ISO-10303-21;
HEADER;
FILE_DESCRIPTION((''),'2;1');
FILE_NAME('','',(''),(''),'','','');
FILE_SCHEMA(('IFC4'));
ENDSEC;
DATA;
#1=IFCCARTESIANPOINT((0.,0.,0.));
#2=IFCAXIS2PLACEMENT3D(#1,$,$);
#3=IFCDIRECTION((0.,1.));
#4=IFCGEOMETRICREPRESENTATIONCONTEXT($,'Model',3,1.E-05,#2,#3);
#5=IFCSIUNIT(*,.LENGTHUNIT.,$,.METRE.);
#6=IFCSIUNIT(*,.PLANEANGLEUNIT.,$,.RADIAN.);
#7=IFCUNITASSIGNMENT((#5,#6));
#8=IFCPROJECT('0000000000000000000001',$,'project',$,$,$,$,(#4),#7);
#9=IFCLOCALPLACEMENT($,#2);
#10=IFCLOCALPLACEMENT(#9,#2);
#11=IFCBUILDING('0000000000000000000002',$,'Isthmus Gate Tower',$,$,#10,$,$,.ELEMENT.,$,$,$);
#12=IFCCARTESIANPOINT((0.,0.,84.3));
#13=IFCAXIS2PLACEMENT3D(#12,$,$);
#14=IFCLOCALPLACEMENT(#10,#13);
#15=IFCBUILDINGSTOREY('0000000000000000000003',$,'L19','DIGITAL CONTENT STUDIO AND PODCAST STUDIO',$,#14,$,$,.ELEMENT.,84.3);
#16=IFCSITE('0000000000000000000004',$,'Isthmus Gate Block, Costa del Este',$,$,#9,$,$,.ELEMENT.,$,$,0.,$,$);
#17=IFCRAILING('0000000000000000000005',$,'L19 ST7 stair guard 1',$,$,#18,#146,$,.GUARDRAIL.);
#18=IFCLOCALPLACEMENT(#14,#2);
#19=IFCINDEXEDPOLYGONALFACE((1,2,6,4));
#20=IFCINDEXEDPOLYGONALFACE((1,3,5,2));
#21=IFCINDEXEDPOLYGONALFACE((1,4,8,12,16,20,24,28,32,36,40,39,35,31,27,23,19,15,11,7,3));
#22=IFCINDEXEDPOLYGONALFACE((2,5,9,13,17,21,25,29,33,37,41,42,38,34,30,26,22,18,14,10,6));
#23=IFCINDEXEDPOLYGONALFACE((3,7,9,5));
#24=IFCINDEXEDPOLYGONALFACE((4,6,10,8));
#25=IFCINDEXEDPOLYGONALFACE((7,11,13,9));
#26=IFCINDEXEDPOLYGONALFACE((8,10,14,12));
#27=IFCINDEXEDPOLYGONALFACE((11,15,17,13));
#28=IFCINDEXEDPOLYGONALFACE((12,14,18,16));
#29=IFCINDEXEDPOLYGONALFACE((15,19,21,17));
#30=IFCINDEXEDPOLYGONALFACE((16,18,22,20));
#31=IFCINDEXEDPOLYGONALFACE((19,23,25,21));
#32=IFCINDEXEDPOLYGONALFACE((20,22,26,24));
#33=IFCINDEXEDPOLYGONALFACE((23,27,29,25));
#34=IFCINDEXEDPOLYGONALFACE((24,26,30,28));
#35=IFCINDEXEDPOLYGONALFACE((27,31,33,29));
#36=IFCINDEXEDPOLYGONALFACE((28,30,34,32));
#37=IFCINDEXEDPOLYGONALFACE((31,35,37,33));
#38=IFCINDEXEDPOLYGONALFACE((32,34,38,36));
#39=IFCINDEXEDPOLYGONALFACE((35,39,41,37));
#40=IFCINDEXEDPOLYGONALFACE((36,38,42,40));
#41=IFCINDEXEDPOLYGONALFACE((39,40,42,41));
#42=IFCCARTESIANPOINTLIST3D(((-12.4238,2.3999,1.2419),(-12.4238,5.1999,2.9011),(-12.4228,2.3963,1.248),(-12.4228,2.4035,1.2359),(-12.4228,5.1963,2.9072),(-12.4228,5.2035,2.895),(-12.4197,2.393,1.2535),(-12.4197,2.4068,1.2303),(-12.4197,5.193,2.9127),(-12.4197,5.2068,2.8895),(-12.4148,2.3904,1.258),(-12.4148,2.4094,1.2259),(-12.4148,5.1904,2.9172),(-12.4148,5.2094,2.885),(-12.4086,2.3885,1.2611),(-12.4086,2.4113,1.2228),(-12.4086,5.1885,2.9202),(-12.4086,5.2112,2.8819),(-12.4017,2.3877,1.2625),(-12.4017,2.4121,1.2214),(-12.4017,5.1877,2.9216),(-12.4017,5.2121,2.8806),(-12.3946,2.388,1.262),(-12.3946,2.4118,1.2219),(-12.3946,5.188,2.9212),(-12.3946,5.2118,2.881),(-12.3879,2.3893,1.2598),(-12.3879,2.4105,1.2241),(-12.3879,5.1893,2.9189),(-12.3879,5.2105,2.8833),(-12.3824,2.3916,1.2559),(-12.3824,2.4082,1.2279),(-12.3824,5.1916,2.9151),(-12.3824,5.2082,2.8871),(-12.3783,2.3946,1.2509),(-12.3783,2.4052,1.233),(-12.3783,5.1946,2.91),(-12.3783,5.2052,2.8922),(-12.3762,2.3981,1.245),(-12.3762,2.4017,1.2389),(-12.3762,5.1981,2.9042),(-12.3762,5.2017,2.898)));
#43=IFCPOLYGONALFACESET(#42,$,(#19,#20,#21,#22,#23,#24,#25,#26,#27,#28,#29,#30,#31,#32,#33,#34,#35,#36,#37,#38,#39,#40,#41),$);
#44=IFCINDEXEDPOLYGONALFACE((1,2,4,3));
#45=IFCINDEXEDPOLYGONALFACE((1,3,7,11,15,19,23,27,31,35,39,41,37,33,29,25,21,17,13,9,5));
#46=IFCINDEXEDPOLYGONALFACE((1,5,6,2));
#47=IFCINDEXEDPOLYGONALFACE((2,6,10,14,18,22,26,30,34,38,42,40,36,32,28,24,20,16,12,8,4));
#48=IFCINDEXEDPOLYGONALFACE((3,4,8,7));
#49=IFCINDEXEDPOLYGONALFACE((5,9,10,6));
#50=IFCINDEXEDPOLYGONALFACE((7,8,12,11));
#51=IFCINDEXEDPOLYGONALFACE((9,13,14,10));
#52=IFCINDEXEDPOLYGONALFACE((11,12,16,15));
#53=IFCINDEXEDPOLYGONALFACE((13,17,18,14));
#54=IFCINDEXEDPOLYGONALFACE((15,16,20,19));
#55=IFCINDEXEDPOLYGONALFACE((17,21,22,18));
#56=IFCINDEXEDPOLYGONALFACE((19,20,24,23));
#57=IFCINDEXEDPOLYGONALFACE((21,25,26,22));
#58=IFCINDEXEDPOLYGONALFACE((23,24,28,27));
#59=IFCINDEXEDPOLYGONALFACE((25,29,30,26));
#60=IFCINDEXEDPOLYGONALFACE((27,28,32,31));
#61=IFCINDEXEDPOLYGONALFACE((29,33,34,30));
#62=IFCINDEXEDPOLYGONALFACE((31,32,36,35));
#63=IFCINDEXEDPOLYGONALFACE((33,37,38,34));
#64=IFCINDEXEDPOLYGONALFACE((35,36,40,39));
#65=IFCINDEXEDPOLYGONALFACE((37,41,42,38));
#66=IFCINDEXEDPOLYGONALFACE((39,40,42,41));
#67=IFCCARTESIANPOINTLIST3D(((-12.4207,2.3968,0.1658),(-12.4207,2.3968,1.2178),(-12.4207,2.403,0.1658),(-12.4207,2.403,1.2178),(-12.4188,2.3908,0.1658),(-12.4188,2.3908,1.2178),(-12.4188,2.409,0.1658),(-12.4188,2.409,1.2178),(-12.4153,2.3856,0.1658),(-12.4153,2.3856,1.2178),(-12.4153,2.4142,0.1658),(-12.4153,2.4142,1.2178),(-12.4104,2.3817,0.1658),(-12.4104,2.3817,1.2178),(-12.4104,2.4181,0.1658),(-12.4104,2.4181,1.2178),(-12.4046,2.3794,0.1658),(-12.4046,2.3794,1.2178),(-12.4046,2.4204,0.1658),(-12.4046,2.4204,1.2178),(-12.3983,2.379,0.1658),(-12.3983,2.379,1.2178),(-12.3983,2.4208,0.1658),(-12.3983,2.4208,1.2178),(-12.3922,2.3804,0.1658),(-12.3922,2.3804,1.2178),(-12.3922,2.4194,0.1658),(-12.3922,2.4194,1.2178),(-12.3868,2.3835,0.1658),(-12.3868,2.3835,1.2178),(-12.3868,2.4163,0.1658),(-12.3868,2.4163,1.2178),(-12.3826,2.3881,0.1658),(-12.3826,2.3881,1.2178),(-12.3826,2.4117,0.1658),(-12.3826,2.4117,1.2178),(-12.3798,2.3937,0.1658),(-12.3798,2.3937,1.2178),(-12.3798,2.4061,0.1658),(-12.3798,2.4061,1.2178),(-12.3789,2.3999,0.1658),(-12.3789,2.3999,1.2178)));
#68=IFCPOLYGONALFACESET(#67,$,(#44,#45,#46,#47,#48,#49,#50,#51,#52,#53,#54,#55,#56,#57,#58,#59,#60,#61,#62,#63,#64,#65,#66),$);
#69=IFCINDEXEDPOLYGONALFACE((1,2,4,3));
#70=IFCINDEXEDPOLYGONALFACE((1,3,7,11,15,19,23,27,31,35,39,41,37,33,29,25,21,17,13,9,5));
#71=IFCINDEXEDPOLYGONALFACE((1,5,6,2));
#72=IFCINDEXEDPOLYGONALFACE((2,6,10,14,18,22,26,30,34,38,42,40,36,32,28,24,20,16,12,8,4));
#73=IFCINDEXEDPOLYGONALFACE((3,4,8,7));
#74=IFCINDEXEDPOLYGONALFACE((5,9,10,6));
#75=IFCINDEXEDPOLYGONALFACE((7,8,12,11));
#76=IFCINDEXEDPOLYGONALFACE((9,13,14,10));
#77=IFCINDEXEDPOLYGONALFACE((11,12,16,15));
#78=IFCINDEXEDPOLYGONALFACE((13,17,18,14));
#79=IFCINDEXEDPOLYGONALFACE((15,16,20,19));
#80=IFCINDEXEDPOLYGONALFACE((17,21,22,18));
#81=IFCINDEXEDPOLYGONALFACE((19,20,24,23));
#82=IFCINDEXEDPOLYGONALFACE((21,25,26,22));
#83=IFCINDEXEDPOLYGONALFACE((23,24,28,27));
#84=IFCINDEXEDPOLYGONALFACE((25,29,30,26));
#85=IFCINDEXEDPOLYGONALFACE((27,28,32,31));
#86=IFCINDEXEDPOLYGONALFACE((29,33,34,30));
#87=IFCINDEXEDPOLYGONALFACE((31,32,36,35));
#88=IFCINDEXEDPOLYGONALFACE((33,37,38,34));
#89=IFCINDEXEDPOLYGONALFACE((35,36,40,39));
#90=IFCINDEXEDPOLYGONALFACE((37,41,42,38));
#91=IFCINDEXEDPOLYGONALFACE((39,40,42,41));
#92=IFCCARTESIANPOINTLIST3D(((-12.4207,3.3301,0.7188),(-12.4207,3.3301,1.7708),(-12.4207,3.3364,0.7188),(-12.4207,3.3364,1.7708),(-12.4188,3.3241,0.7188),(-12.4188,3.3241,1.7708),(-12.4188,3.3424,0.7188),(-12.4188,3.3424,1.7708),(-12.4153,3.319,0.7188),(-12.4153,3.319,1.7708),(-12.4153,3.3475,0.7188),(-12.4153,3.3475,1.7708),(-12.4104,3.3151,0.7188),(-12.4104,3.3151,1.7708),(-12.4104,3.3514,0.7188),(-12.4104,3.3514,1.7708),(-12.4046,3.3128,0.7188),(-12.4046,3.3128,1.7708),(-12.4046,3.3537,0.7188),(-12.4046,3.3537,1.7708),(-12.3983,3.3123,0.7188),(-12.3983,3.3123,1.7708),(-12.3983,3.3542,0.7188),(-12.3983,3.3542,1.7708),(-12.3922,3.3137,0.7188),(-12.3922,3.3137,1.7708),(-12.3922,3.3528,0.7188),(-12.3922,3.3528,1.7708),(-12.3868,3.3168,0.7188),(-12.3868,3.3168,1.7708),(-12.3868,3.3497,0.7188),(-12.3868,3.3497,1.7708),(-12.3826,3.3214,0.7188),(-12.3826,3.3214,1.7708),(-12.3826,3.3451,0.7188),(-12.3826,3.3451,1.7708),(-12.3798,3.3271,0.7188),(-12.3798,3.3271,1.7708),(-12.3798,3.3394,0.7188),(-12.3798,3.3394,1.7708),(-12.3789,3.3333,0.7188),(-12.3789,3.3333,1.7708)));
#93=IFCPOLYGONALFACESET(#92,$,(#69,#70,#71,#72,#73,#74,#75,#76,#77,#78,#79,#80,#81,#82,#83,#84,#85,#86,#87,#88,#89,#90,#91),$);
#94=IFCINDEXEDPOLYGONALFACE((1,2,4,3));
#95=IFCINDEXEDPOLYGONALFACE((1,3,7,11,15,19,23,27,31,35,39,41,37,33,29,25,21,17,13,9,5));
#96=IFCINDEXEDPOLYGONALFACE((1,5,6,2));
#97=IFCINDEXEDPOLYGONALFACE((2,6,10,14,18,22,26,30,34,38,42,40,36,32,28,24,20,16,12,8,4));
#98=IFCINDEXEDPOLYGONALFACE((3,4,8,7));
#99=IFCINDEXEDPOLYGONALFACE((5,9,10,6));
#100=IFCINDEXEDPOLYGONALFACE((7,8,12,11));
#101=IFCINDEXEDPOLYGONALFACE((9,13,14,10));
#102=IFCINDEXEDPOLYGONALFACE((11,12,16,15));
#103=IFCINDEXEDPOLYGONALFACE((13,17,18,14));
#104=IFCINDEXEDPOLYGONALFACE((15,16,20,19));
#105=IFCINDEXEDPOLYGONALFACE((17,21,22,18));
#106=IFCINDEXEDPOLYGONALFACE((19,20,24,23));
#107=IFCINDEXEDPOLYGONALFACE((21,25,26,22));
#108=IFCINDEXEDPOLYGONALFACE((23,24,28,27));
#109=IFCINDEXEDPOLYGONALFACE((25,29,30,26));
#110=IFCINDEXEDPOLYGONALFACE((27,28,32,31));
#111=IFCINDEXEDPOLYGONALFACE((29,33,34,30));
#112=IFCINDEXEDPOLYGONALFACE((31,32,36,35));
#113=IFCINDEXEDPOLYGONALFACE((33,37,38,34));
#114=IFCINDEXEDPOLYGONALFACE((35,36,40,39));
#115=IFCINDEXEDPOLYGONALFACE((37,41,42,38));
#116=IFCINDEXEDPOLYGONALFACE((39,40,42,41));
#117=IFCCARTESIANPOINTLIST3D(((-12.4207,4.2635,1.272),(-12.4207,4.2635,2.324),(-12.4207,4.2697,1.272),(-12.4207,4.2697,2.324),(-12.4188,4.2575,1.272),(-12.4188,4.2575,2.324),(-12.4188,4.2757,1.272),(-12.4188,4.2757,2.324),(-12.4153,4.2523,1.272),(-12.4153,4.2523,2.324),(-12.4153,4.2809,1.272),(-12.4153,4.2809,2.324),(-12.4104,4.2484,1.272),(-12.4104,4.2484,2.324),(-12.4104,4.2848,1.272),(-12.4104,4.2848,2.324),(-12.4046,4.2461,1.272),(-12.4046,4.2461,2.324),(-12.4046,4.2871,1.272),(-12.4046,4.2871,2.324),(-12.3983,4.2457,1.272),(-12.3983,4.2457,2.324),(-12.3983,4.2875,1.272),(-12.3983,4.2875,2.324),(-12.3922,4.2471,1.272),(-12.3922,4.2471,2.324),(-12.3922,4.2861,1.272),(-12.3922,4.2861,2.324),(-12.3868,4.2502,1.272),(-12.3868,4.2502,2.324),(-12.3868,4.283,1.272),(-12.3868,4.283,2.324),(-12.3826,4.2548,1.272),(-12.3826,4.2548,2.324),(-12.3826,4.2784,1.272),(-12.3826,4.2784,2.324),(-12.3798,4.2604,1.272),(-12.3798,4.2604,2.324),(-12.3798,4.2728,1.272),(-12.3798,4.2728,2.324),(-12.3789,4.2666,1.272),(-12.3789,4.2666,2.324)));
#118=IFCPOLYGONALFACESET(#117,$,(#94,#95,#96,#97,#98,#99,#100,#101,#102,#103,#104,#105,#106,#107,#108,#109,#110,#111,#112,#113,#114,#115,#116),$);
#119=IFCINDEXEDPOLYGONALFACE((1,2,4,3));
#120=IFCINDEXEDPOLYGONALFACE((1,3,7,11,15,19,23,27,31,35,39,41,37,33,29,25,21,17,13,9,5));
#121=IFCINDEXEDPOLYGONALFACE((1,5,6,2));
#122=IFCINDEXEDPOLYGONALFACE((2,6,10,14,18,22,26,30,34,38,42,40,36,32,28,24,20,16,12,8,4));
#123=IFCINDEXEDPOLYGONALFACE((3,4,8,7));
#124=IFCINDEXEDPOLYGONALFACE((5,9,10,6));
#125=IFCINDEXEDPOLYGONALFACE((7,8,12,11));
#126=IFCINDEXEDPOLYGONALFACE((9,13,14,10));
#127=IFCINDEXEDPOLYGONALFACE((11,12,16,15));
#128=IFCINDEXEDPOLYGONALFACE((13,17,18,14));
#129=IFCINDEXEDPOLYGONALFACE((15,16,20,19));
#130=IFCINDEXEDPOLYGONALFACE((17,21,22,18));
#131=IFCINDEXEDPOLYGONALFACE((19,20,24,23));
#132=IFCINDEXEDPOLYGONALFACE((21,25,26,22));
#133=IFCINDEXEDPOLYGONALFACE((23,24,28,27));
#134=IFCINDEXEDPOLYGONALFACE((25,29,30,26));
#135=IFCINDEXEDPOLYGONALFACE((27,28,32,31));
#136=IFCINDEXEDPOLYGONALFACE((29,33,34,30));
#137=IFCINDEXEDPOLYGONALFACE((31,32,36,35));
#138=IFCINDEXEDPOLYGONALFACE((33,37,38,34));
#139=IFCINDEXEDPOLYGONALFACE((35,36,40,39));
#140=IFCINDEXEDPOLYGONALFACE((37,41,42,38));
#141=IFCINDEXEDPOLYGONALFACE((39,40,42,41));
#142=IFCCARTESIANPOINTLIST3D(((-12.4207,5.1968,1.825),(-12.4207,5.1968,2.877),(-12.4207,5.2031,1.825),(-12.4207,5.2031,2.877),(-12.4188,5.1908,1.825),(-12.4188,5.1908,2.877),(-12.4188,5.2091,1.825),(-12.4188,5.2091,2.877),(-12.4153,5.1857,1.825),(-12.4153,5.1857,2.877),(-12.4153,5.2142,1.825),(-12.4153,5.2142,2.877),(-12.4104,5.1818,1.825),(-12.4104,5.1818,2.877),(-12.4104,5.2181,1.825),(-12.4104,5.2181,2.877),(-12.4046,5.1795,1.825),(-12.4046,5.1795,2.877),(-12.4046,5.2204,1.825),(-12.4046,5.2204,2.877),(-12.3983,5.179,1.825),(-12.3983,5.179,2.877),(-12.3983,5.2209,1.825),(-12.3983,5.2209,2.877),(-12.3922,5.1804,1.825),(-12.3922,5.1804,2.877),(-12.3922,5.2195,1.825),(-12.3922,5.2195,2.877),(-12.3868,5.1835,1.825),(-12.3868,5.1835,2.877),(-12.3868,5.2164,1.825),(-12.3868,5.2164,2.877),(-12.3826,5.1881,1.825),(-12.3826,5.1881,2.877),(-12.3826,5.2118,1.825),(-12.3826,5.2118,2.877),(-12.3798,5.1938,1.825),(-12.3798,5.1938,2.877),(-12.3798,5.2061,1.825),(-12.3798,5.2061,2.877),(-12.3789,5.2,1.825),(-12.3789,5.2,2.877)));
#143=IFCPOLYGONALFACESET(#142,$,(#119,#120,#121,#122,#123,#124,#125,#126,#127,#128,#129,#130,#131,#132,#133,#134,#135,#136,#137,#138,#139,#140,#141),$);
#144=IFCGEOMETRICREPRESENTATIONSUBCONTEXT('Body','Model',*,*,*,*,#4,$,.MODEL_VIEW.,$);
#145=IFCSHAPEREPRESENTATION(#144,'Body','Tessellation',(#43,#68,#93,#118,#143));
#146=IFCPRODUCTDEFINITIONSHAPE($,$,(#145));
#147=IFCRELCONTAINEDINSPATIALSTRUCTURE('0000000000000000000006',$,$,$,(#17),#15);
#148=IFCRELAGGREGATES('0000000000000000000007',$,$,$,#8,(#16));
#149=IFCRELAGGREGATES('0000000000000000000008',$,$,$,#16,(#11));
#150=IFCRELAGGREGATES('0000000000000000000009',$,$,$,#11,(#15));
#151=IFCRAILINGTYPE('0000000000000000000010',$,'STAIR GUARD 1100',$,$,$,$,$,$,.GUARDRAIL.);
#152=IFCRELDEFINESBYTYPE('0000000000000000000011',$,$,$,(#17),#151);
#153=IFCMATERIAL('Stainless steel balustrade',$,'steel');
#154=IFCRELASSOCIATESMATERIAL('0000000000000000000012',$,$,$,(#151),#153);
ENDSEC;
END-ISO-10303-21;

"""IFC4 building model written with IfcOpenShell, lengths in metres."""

from ifc_helpers import new_model, si_unit, direction, frame, origin, origin_2d, place, context, subcontext, project, spatial, circle, extrude, material, type_object, element, save


model = new_model("IFC4")

# Units and contexts
model_context = context("Model", 3, precision=1e-05, world=origin(), true_north=direction((0.0, 1.0)))
body_context = subcontext(model_context, "Body", "Model", "MODEL_VIEW")
ifc_project = project(units=[si_unit("LENGTHUNIT", "METRE"), si_unit("PLANEANGLEUNIT", "RADIAN")], contexts=[model_context])

# Site, building, storey
site_placement = place(None, origin())
site = spatial("IfcSite", under=ifc_project, at=site_placement, Name="Isthmus Gate Block, Costa del Este", CompositionType="ELEMENT", RefElevation=0.0)
building_placement = place(site_placement, origin())
building = spatial("IfcBuilding", under=site, at=building_placement, Name="Isthmus Gate Tower", CompositionType="ELEMENT")
storey_placement = place(building_placement, frame((0.0, 0.0, 84.3)))
storey = spatial("IfcBuildingStorey", under=building, at=storey_placement, Name="L19", Description="DIGITAL CONTENT STUDIO AND PODCAST STUDIO", CompositionType="ELEMENT", Elevation=84.3)

# Railing
ifc_material_1 = material(Name="Stainless steel balustrade", Category="steel")
railing_type_1 = type_object("IfcRailingType", Name="STAIR GUARD 1100", PredefinedType="GUARDRAIL", material=ifc_material_1)
railing_1_placement = place(storey_placement, frame((-12.3999, 2.3999, 0.1658)))
element("IfcRailing", 1, at=railing_1_placement, inside=storey, type_object=railing_type_1, Name="L19 ST7 stair guard 1", PredefinedType="GUARDRAIL", context=body_context, shape_type="SweptSolid", body=[
    extrude(circle(Radius=0.0239, at=origin_2d()), frame((0.0, 0.0, 1.0762), z_axis=(0.0, 0.860306, 0.509778), x_axis=(-1.0, 0.0, 0.0)), (0.0, 0.0, 1.0), 3.2546),
    extrude(circle(Radius=0.021, at=origin_2d()), origin(), (0.0, 0.0, 1.0), 1.052),
    extrude(circle(Radius=0.021, at=origin_2d()), frame((0.0, 0.9333, 0.553)), (0.0, 0.0, 1.0), 1.052),
    extrude(circle(Radius=0.021, at=origin_2d()), frame((0.0, 1.8667, 1.1062)), (0.0, 0.0, 1.0), 1.052),
    extrude(circle(Radius=0.021, at=origin_2d()), frame((0.0, 2.8, 1.6592)), (0.0, 0.0, 1.0), 1.052),
])

save(model, "model.ifc")
